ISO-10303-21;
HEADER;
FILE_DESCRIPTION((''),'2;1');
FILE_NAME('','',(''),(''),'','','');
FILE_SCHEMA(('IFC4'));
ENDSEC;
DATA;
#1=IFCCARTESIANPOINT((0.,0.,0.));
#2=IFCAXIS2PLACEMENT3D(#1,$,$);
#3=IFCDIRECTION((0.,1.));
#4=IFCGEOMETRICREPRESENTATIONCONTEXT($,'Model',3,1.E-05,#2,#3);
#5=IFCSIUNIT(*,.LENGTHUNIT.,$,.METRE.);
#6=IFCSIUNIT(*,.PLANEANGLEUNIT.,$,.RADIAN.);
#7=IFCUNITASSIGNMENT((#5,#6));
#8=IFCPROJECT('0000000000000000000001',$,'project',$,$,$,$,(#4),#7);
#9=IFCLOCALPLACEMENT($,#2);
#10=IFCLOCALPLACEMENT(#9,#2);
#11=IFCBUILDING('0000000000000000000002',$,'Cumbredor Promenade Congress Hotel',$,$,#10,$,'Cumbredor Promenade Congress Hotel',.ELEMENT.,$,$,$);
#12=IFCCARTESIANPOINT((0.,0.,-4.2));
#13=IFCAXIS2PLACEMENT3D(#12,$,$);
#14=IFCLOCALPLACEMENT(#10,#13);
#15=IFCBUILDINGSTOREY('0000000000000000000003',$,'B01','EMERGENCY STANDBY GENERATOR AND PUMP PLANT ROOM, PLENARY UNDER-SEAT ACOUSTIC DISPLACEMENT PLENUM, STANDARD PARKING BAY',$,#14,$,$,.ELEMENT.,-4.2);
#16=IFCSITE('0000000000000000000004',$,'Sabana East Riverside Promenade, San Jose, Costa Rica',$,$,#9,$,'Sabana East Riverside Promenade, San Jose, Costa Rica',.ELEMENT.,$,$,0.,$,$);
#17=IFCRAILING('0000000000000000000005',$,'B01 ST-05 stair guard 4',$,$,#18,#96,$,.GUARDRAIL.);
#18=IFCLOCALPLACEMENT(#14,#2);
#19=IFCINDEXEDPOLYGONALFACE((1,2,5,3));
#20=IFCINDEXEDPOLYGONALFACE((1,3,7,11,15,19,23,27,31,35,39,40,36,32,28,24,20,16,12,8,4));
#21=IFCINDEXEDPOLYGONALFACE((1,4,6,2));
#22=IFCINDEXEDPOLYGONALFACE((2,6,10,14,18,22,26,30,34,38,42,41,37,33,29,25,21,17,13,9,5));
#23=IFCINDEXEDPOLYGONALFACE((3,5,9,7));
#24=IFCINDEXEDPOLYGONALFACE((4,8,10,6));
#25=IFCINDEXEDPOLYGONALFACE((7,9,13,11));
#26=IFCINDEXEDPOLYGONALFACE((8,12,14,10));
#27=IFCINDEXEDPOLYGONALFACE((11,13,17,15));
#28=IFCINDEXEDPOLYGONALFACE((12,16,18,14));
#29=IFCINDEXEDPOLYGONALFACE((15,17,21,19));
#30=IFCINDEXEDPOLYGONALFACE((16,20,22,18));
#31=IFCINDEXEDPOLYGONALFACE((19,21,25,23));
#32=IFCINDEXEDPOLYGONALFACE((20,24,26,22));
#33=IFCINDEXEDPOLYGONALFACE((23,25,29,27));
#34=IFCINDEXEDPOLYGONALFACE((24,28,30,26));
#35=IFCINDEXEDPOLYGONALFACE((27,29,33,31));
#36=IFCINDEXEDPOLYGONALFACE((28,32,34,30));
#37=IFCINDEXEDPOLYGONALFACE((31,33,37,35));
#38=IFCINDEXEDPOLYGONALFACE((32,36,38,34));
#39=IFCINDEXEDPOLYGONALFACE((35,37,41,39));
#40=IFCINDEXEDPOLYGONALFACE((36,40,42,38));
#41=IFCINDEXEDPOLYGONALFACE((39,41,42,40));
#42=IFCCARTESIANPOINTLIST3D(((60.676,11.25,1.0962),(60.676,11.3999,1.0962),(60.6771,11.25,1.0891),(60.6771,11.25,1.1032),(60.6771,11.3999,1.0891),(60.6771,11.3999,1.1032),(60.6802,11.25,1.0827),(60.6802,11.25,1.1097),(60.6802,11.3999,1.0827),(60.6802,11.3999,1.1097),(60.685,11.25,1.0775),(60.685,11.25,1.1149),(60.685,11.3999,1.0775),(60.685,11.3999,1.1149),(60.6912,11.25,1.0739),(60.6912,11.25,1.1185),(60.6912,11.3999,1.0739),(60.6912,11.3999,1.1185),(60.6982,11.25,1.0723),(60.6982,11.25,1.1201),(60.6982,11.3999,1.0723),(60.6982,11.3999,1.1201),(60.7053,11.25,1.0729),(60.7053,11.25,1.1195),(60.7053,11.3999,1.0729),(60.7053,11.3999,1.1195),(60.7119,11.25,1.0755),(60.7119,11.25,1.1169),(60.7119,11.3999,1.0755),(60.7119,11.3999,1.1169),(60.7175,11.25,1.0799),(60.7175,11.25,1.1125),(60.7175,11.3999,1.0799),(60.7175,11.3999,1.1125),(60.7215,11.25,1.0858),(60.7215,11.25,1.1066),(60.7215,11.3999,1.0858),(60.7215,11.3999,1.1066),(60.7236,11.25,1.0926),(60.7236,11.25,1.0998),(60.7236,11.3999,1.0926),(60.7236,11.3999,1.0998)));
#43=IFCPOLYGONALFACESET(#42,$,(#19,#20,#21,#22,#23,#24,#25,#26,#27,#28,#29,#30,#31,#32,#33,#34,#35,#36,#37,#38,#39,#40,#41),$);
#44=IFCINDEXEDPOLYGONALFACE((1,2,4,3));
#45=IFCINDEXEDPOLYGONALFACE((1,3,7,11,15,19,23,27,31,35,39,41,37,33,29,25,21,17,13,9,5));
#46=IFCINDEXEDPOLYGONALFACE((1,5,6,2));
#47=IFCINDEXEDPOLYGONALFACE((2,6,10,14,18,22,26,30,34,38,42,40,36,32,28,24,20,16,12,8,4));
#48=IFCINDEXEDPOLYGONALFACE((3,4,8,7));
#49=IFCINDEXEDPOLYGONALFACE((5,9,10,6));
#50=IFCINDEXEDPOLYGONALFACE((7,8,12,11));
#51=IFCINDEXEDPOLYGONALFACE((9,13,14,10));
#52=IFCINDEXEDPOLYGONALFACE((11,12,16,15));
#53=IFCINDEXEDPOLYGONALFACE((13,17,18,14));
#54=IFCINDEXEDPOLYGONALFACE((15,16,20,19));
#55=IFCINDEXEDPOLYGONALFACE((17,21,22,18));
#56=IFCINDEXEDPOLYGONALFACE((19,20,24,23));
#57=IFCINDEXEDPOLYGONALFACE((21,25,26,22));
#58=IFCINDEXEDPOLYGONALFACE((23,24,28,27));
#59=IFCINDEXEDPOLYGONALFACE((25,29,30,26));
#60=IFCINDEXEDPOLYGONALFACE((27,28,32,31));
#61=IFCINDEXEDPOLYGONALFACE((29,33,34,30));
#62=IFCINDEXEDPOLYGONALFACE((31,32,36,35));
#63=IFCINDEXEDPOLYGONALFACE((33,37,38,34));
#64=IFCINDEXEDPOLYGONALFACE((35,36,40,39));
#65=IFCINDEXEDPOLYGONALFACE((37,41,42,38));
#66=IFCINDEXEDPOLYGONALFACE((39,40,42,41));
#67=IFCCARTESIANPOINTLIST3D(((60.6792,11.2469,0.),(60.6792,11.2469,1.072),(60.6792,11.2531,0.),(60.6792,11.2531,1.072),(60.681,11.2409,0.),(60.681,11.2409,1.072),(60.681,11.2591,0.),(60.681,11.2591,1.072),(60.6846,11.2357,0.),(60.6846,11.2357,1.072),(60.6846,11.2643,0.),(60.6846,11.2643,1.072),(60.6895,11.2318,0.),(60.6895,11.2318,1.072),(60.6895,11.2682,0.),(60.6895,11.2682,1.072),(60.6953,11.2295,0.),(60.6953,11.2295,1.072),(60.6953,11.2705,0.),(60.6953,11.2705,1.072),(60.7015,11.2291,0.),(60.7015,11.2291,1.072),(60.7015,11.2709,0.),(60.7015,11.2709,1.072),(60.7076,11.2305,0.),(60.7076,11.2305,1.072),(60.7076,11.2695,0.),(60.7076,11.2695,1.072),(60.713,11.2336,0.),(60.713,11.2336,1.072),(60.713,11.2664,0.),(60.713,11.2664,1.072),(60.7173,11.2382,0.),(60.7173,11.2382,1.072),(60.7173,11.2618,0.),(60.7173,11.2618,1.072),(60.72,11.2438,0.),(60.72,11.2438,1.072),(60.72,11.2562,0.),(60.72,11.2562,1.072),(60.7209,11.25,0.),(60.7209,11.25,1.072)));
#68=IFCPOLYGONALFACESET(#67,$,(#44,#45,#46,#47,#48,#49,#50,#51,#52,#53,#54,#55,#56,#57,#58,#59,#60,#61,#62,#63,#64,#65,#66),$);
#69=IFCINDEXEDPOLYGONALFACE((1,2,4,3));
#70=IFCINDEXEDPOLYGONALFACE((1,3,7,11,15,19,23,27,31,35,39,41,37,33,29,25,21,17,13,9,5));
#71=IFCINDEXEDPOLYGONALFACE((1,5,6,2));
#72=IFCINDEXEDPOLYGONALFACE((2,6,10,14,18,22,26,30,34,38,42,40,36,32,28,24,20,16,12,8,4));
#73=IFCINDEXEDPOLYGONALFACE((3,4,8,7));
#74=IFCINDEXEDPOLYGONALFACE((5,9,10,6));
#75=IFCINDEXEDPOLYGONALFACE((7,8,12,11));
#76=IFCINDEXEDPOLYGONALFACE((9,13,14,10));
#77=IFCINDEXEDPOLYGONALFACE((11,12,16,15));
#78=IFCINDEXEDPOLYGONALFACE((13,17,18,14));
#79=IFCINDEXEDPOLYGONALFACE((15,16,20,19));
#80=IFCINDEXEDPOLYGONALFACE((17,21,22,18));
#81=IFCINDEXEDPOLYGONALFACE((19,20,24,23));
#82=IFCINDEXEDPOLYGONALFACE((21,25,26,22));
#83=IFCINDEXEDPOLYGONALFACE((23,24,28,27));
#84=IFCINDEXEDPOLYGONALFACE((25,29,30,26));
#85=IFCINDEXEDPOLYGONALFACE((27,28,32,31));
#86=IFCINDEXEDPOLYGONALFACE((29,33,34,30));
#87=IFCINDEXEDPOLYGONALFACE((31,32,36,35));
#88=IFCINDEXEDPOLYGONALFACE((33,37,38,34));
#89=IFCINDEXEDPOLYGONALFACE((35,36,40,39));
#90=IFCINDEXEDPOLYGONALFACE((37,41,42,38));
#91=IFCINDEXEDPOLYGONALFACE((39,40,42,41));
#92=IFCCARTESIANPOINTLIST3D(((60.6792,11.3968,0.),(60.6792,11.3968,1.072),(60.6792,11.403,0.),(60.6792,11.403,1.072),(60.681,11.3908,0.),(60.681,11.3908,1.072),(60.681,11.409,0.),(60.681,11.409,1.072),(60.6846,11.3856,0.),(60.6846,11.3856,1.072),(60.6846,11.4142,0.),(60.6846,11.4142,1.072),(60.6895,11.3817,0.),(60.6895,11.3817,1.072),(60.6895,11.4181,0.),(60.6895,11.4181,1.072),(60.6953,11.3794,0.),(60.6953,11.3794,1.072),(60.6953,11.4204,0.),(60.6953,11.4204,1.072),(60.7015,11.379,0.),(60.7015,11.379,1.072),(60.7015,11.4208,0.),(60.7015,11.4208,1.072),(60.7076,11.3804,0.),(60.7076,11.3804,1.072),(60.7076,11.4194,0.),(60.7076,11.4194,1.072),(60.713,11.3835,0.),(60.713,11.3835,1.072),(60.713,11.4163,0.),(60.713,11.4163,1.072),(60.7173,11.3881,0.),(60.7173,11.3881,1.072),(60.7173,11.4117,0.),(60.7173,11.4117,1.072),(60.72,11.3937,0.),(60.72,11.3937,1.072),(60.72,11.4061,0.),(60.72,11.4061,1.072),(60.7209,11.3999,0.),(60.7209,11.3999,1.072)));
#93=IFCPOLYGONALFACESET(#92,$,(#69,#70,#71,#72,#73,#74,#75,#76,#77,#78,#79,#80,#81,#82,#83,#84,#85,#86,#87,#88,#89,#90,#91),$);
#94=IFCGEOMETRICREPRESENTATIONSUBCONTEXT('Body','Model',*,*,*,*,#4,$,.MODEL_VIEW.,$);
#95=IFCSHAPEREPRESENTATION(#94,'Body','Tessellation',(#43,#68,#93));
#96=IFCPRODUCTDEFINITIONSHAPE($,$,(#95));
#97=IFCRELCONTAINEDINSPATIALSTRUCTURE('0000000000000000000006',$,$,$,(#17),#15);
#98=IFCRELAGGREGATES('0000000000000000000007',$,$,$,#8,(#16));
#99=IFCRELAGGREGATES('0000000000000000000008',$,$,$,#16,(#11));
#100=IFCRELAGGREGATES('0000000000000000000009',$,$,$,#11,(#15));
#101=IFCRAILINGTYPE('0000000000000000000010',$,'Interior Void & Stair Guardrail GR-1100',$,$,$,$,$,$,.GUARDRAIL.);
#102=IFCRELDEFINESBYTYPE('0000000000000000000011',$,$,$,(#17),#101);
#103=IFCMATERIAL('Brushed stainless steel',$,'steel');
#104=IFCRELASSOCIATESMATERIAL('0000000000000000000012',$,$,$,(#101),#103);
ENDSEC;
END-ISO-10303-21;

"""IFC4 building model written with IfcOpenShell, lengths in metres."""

from ifc_helpers import new_model, si_unit, direction, frame, origin, origin_2d, place, context, subcontext, project, spatial, circle, extrude, material, type_object, element, save


model = new_model("IFC4")

# Units and contexts
model_context = context("Model", 3, precision=1e-05, world=origin(), true_north=direction((0.0, 1.0)))
body_context = subcontext(model_context, "Body", "Model", "MODEL_VIEW")
ifc_project = project(units=[si_unit("LENGTHUNIT", "METRE"), si_unit("PLANEANGLEUNIT", "RADIAN")], contexts=[model_context])

# Site, building, storey
site_placement = place(None, origin())
site = spatial("IfcSite", under=ifc_project, at=site_placement, Name="Sabana East Riverside Promenade, San Jose, Costa Rica", LongName="Sabana East Riverside Promenade, San Jose, Costa Rica", CompositionType="ELEMENT", RefElevation=0.0)
building_placement = place(site_placement, origin())
building = spatial("IfcBuilding", under=site, at=building_placement, Name="Cumbredor Promenade Congress Hotel", LongName="Cumbredor Promenade Congress Hotel", CompositionType="ELEMENT")
storey_placement = place(building_placement, frame((0.0, 0.0, -4.2)))
storey = spatial("IfcBuildingStorey", under=building, at=storey_placement, Name="B01", Description="EMERGENCY STANDBY GENERATOR AND PUMP PLANT ROOM, PLENARY UNDER-SEAT ACOUSTIC DISPLACEMENT PLENUM, STANDARD PARKING BAY", CompositionType="ELEMENT", Elevation=-4.2)

# Railing
ifc_material_1 = material(Name="Brushed stainless steel", Category="steel")
railing_type_1 = type_object("IfcRailingType", Name="Interior Void & Stair Guardrail GR-1100", PredefinedType="GUARDRAIL", material=ifc_material_1)
railing_1_placement = place(storey_placement, frame((60.7, 11.25, 0.0)))
element("IfcRailing", 1, at=railing_1_placement, inside=storey, type_object=railing_type_1, Name="B01 ST-05 stair guard 4", PredefinedType="GUARDRAIL", context=body_context, shape_type="SweptSolid", body=[
    extrude(circle(Radius=0.0239, at=origin_2d()), frame((0.0, 0.0, 1.0962), z_axis=(0.0, 1.0, 0.0), x_axis=(-1.0, 0.0, 0.0)), (0.0, 0.0, 1.0), 0.1499),
    extrude(circle(Radius=0.021, at=origin_2d()), origin(), (0.0, 0.0, 1.0), 1.072),
    extrude(circle(Radius=0.021, at=origin_2d()), frame((0.0, 0.1499, 0.0)), (0.0, 0.0, 1.0), 1.072),
])

save(model, "model.ifc")
